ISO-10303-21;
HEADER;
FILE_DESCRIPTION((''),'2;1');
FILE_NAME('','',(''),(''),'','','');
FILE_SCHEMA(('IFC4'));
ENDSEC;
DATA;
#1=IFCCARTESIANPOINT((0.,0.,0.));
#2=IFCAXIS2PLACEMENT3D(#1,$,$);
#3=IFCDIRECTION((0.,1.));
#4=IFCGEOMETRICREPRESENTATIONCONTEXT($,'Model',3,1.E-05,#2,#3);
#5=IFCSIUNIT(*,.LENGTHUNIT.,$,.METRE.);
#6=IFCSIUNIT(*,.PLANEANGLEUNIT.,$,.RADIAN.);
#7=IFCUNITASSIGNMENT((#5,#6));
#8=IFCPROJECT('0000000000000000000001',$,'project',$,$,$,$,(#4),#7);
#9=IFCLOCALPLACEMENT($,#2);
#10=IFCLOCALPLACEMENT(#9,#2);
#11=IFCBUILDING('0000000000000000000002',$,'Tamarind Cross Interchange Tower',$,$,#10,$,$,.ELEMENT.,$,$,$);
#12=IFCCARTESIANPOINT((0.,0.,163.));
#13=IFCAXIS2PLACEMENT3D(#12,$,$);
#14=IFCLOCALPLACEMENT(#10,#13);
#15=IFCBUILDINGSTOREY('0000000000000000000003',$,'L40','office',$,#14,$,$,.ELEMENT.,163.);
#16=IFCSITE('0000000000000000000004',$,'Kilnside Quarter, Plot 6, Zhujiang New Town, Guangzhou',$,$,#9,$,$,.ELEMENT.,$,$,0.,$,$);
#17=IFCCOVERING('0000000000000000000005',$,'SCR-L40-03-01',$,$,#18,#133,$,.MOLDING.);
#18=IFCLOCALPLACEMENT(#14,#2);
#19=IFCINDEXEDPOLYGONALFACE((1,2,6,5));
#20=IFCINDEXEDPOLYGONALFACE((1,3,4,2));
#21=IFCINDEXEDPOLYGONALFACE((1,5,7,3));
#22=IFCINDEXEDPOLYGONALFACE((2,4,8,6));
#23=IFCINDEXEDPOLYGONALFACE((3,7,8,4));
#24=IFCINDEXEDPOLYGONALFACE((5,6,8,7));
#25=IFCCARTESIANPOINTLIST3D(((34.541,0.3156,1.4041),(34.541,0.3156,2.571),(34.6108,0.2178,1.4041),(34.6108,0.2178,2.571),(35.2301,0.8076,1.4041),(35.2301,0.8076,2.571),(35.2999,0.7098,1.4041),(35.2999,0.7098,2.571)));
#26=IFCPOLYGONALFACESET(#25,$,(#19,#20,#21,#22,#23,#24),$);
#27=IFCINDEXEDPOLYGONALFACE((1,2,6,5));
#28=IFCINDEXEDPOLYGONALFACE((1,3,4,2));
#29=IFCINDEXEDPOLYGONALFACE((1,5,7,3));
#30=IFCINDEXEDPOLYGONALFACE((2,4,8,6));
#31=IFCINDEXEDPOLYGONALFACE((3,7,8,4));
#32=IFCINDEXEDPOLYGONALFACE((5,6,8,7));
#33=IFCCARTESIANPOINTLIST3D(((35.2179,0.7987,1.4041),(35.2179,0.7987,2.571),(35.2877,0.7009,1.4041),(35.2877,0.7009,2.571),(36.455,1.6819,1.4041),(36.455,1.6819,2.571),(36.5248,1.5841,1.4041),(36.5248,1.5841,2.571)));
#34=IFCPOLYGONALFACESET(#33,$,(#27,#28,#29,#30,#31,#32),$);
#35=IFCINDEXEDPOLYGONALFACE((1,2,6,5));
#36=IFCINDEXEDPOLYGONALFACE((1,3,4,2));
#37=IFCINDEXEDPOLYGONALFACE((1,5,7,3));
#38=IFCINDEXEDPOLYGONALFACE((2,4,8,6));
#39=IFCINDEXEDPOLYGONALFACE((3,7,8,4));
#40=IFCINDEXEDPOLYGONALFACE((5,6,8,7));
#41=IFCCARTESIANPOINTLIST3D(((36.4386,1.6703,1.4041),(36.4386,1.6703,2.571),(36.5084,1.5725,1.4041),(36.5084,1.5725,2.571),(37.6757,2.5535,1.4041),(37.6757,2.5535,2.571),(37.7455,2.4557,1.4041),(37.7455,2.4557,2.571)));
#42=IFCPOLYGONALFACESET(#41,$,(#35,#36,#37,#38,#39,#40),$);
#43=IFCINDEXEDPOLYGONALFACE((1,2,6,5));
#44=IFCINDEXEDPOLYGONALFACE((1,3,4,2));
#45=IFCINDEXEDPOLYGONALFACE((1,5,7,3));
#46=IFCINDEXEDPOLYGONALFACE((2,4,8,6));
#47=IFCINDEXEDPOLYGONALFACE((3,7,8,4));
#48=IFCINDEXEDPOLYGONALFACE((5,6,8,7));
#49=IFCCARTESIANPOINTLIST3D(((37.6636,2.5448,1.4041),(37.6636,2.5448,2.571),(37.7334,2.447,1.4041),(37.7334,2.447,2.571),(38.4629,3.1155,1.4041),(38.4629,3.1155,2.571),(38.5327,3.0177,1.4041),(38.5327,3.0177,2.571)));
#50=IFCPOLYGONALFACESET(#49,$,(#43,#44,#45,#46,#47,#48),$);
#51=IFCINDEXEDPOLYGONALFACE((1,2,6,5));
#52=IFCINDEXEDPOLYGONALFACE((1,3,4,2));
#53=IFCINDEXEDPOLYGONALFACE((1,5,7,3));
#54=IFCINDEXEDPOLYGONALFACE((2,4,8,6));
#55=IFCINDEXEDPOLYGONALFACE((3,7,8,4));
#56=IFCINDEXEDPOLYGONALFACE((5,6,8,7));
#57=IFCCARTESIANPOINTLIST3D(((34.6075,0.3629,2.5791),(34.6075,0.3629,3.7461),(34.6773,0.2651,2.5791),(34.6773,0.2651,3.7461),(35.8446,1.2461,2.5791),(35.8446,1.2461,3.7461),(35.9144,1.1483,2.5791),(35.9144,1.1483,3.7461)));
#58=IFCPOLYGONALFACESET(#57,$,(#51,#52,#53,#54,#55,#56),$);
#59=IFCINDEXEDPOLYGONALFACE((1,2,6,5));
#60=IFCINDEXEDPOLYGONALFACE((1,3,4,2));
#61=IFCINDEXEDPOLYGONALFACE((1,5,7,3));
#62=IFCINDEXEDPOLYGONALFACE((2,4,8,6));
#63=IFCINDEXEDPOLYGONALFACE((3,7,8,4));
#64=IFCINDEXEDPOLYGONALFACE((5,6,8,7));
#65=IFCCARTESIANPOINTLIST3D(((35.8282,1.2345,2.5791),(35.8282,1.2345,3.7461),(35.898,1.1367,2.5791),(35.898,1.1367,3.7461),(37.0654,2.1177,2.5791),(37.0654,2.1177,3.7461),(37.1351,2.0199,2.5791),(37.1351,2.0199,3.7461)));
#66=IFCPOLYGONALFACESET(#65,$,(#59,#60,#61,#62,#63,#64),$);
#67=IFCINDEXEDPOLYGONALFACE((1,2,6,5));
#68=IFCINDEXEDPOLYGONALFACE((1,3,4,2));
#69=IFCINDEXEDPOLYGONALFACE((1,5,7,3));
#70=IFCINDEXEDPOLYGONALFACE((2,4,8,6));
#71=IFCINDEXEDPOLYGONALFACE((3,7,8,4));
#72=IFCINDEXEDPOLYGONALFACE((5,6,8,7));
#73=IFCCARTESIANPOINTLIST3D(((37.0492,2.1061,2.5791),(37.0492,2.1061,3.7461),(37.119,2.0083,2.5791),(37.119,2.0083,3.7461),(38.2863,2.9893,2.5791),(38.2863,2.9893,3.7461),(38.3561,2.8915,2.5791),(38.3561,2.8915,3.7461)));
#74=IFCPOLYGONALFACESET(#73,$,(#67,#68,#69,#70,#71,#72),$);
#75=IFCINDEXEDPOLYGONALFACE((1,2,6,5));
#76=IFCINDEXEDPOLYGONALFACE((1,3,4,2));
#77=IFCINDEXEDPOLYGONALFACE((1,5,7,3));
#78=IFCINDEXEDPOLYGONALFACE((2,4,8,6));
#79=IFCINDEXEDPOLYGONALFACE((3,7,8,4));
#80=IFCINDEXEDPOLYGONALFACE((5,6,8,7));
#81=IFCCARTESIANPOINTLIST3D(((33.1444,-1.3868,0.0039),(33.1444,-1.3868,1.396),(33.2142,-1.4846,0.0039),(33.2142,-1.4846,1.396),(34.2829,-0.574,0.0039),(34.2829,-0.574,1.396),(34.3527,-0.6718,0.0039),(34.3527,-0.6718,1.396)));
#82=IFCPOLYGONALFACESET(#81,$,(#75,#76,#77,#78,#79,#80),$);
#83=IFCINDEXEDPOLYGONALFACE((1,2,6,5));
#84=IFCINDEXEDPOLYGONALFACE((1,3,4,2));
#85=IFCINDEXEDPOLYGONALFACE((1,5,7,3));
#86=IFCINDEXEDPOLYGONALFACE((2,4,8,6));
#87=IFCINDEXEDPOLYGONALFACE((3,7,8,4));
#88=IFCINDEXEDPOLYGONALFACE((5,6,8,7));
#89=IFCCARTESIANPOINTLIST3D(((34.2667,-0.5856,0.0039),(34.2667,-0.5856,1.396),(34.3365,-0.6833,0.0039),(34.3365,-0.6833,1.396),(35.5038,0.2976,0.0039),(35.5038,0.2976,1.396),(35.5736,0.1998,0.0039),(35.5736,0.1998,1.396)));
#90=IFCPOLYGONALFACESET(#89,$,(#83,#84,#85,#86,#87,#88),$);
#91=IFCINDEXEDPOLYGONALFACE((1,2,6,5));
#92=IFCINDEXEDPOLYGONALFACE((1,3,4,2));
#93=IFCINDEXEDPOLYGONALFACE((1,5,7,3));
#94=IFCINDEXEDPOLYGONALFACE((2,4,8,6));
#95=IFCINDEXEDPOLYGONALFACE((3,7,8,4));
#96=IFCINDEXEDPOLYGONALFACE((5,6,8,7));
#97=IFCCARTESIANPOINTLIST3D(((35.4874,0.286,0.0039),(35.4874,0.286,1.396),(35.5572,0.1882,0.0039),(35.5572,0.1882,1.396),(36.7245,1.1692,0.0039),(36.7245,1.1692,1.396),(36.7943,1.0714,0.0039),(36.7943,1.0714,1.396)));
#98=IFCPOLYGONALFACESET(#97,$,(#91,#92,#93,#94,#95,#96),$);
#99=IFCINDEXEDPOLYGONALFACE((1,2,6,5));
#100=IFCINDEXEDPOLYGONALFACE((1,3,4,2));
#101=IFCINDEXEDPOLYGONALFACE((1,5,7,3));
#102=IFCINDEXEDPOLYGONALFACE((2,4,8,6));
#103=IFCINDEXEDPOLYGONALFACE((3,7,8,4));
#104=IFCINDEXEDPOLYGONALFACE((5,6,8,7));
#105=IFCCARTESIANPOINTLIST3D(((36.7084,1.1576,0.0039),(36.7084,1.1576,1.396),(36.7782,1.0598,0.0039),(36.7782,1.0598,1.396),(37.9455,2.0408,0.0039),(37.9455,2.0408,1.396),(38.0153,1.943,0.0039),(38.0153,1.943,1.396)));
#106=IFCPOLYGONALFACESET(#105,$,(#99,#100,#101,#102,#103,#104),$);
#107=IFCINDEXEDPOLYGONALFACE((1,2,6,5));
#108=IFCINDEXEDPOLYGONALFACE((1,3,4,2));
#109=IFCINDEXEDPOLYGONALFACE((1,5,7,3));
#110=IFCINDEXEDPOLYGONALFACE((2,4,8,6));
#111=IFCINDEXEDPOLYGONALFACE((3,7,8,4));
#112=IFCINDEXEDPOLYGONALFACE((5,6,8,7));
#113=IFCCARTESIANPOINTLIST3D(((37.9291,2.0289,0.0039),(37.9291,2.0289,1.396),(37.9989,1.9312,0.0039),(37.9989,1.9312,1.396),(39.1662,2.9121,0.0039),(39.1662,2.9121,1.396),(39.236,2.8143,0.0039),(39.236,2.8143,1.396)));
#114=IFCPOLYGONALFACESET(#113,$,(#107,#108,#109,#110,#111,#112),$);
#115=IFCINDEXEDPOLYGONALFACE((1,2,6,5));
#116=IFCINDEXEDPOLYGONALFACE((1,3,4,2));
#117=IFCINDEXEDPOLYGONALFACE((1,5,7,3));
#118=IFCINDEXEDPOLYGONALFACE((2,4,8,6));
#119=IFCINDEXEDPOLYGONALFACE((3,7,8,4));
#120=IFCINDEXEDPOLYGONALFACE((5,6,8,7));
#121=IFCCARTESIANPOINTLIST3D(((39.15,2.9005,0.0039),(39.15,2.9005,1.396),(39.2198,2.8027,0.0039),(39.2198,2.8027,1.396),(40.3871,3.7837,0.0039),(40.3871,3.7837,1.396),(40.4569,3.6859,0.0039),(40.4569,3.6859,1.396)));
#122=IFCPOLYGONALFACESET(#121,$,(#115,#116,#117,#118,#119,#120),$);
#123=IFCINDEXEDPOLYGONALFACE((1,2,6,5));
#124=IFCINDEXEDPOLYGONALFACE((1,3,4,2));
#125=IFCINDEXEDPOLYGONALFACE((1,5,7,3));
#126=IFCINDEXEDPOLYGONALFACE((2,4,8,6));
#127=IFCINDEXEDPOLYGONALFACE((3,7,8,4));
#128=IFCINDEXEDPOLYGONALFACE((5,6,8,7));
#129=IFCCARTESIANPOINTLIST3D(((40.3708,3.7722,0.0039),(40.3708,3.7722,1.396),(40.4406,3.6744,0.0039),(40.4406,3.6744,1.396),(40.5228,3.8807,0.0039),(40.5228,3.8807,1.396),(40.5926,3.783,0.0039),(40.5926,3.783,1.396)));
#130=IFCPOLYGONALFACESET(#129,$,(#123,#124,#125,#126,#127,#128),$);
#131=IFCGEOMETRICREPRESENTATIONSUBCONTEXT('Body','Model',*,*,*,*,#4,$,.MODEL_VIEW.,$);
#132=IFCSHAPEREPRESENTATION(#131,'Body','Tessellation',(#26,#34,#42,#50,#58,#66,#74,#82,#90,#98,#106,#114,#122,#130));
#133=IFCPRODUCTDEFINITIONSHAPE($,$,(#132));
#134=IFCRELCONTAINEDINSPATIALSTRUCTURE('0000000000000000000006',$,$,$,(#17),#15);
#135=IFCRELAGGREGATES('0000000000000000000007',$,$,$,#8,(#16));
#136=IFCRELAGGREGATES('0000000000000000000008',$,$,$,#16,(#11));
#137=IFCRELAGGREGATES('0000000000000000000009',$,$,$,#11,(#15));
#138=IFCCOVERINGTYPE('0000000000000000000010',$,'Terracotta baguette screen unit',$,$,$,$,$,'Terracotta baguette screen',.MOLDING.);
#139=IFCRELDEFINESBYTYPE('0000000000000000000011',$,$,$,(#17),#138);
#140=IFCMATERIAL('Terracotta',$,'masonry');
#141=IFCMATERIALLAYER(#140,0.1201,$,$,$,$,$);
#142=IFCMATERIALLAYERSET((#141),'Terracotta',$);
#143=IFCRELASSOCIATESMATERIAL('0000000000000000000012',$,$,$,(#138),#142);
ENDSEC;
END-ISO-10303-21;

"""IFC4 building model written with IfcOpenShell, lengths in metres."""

from ifc_helpers import new_model, si_unit, direction, frame, origin, origin_2d, place, context, subcontext, project, spatial, rectangle, extrude, material, layer, layer_set, type_object, element, save


model = new_model("IFC4")

# Units and contexts
model_context = context("Model", 3, precision=1e-05, world=origin(), true_north=direction((0.0, 1.0)))
body_context = subcontext(model_context, "Body", "Model", "MODEL_VIEW")
ifc_project = project(units=[si_unit("LENGTHUNIT", "METRE"), si_unit("PLANEANGLEUNIT", "RADIAN")], contexts=[model_context])

# Site, building, storey
site_placement = place(None, origin())
site = spatial("IfcSite", under=ifc_project, at=site_placement, Name="Kilnside Quarter, Plot 6, Zhujiang New Town, Guangzhou", CompositionType="ELEMENT", RefElevation=0.0)
building_placement = place(site_placement, origin())
building = spatial("IfcBuilding", under=site, at=building_placement, Name="Tamarind Cross Interchange Tower", CompositionType="ELEMENT")
storey_placement = place(building_placement, frame((0.0, 0.0, 163.0)))
storey = spatial("IfcBuildingStorey", under=building, at=storey_placement, Name="L40", Description="office", CompositionType="ELEMENT", Elevation=163.0)

# Covering
ifc_material_1 = material(Name="Terracotta", Category="masonry")
ifc_layer_1 = layer(ifc_material_1, 0.1201)
ifc_layer_set_1 = layer_set([ifc_layer_1], Name="Terracotta")
covering_type = type_object("IfcCoveringType", Name="Terracotta baguette screen unit", ElementType="Terracotta baguette screen", PredefinedType="MOLDING", material=ifc_layer_set_1)
covering_1_placement = place(storey_placement, origin())
element("IfcCovering", 1, at=covering_1_placement, inside=storey, type_object=covering_type, Name="SCR-L40-03-01", PredefinedType="MOLDING", context=body_context, shape_type="SweptSolid", body=[
    extrude(rectangle(XDim=0.8467, YDim=0.1201, at=origin_2d()), frame((34.9204, 0.5127, 1.4041), z_axis=(0.0, 0.0, 1.0), x_axis=(0.81388, 0.581033, 0.0)), (0.0, 0.0, 1.0), 1.167),
    extrude(rectangle(XDim=1.52, YDim=0.1201, at=origin_2d()), frame((35.8713, 1.1914, 1.4041), z_axis=(0.0, 0.0, 1.0), x_axis=(0.81388, 0.581033, 0.0)), (0.0, 0.0, 1.0), 1.167),
    extrude(rectangle(XDim=1.52, YDim=0.1201, at=origin_2d()), frame((37.092, 2.063, 1.4041), z_axis=(0.0, 0.0, 1.0), x_axis=(0.81388, 0.581033, 0.0)), (0.0, 0.0, 1.0), 1.167),
    extrude(rectangle(XDim=0.9822, YDim=0.1201, at=origin_2d()), frame((38.0981, 2.7812, 1.4041), z_axis=(0.0, 0.0, 1.0), x_axis=(0.81388, 0.581033, 0.0)), (0.0, 0.0, 1.0), 1.167),
    extrude(rectangle(XDim=1.52, YDim=0.1201, at=origin_2d()), frame((35.261, 0.7556, 2.5791), z_axis=(0.0, 0.0, 1.0), x_axis=(0.81388, 0.581033, 0.0)), (0.0, 0.0, 1.0), 1.167),
    extrude(rectangle(XDim=1.52, YDim=0.1201, at=origin_2d()), frame((36.4817, 1.6272, 2.5791), z_axis=(0.0, 0.0, 1.0), x_axis=(0.81388, 0.581033, 0.0)), (0.0, 0.0, 1.0), 1.167),
    extrude(rectangle(XDim=1.52, YDim=0.1201, at=origin_2d()), frame((37.7026, 2.4988, 2.5791), z_axis=(0.0, 0.0, 1.0), x_axis=(0.81388, 0.581033, 0.0)), (0.0, 0.0, 1.0), 1.167),
    extrude(rectangle(XDim=1.3989, YDim=0.1201, at=origin_2d()), frame((33.7485, -1.0293, 0.0039), z_axis=(0.0, 0.0, 1.0), x_axis=(0.81388, 0.581033, 0.0)), (0.0, 0.0, 1.0), 1.3921),
    extrude(rectangle(XDim=1.52, YDim=0.1201, at=origin_2d()), frame((34.9202, -0.1929, 0.0039), z_axis=(0.0, 0.0, 1.0), x_axis=(0.81388, 0.581033, 0.0)), (0.0, 0.0, 1.0), 1.3921),
    extrude(rectangle(XDim=1.52, YDim=0.1201, at=origin_2d()), frame((36.1409, 0.6787, 0.0039), z_axis=(0.0, 0.0, 1.0), x_axis=(0.81388, 0.581033, 0.0)), (0.0, 0.0, 1.0), 1.3921),
    extrude(rectangle(XDim=1.52, YDim=0.1201, at=origin_2d()), frame((37.3618, 1.5503, 0.0039), z_axis=(0.0, 0.0, 1.0), x_axis=(0.81388, 0.581033, 0.0)), (0.0, 0.0, 1.0), 1.3921),
    extrude(rectangle(XDim=1.52, YDim=0.1201, at=origin_2d()), frame((38.5825, 2.4216, 0.0039), z_axis=(0.0, 0.0, 1.0), x_axis=(0.81388, 0.581033, 0.0)), (0.0, 0.0, 1.0), 1.3921),
    extrude(rectangle(XDim=1.52, YDim=0.1201, at=origin_2d()), frame((39.8035, 3.2932, 0.0039), z_axis=(0.0, 0.0, 1.0), x_axis=(0.81388, 0.581033, 0.0)), (0.0, 0.0, 1.0), 1.3921),
    extrude(rectangle(XDim=0.1868, YDim=0.1201, at=origin_2d()), frame((40.4817, 3.7776, 0.0039), z_axis=(0.0, 0.0, 1.0), x_axis=(0.81388, 0.581033, 0.0)), (0.0, 0.0, 1.0), 1.3921),
])

save(model, "model.ifc")
